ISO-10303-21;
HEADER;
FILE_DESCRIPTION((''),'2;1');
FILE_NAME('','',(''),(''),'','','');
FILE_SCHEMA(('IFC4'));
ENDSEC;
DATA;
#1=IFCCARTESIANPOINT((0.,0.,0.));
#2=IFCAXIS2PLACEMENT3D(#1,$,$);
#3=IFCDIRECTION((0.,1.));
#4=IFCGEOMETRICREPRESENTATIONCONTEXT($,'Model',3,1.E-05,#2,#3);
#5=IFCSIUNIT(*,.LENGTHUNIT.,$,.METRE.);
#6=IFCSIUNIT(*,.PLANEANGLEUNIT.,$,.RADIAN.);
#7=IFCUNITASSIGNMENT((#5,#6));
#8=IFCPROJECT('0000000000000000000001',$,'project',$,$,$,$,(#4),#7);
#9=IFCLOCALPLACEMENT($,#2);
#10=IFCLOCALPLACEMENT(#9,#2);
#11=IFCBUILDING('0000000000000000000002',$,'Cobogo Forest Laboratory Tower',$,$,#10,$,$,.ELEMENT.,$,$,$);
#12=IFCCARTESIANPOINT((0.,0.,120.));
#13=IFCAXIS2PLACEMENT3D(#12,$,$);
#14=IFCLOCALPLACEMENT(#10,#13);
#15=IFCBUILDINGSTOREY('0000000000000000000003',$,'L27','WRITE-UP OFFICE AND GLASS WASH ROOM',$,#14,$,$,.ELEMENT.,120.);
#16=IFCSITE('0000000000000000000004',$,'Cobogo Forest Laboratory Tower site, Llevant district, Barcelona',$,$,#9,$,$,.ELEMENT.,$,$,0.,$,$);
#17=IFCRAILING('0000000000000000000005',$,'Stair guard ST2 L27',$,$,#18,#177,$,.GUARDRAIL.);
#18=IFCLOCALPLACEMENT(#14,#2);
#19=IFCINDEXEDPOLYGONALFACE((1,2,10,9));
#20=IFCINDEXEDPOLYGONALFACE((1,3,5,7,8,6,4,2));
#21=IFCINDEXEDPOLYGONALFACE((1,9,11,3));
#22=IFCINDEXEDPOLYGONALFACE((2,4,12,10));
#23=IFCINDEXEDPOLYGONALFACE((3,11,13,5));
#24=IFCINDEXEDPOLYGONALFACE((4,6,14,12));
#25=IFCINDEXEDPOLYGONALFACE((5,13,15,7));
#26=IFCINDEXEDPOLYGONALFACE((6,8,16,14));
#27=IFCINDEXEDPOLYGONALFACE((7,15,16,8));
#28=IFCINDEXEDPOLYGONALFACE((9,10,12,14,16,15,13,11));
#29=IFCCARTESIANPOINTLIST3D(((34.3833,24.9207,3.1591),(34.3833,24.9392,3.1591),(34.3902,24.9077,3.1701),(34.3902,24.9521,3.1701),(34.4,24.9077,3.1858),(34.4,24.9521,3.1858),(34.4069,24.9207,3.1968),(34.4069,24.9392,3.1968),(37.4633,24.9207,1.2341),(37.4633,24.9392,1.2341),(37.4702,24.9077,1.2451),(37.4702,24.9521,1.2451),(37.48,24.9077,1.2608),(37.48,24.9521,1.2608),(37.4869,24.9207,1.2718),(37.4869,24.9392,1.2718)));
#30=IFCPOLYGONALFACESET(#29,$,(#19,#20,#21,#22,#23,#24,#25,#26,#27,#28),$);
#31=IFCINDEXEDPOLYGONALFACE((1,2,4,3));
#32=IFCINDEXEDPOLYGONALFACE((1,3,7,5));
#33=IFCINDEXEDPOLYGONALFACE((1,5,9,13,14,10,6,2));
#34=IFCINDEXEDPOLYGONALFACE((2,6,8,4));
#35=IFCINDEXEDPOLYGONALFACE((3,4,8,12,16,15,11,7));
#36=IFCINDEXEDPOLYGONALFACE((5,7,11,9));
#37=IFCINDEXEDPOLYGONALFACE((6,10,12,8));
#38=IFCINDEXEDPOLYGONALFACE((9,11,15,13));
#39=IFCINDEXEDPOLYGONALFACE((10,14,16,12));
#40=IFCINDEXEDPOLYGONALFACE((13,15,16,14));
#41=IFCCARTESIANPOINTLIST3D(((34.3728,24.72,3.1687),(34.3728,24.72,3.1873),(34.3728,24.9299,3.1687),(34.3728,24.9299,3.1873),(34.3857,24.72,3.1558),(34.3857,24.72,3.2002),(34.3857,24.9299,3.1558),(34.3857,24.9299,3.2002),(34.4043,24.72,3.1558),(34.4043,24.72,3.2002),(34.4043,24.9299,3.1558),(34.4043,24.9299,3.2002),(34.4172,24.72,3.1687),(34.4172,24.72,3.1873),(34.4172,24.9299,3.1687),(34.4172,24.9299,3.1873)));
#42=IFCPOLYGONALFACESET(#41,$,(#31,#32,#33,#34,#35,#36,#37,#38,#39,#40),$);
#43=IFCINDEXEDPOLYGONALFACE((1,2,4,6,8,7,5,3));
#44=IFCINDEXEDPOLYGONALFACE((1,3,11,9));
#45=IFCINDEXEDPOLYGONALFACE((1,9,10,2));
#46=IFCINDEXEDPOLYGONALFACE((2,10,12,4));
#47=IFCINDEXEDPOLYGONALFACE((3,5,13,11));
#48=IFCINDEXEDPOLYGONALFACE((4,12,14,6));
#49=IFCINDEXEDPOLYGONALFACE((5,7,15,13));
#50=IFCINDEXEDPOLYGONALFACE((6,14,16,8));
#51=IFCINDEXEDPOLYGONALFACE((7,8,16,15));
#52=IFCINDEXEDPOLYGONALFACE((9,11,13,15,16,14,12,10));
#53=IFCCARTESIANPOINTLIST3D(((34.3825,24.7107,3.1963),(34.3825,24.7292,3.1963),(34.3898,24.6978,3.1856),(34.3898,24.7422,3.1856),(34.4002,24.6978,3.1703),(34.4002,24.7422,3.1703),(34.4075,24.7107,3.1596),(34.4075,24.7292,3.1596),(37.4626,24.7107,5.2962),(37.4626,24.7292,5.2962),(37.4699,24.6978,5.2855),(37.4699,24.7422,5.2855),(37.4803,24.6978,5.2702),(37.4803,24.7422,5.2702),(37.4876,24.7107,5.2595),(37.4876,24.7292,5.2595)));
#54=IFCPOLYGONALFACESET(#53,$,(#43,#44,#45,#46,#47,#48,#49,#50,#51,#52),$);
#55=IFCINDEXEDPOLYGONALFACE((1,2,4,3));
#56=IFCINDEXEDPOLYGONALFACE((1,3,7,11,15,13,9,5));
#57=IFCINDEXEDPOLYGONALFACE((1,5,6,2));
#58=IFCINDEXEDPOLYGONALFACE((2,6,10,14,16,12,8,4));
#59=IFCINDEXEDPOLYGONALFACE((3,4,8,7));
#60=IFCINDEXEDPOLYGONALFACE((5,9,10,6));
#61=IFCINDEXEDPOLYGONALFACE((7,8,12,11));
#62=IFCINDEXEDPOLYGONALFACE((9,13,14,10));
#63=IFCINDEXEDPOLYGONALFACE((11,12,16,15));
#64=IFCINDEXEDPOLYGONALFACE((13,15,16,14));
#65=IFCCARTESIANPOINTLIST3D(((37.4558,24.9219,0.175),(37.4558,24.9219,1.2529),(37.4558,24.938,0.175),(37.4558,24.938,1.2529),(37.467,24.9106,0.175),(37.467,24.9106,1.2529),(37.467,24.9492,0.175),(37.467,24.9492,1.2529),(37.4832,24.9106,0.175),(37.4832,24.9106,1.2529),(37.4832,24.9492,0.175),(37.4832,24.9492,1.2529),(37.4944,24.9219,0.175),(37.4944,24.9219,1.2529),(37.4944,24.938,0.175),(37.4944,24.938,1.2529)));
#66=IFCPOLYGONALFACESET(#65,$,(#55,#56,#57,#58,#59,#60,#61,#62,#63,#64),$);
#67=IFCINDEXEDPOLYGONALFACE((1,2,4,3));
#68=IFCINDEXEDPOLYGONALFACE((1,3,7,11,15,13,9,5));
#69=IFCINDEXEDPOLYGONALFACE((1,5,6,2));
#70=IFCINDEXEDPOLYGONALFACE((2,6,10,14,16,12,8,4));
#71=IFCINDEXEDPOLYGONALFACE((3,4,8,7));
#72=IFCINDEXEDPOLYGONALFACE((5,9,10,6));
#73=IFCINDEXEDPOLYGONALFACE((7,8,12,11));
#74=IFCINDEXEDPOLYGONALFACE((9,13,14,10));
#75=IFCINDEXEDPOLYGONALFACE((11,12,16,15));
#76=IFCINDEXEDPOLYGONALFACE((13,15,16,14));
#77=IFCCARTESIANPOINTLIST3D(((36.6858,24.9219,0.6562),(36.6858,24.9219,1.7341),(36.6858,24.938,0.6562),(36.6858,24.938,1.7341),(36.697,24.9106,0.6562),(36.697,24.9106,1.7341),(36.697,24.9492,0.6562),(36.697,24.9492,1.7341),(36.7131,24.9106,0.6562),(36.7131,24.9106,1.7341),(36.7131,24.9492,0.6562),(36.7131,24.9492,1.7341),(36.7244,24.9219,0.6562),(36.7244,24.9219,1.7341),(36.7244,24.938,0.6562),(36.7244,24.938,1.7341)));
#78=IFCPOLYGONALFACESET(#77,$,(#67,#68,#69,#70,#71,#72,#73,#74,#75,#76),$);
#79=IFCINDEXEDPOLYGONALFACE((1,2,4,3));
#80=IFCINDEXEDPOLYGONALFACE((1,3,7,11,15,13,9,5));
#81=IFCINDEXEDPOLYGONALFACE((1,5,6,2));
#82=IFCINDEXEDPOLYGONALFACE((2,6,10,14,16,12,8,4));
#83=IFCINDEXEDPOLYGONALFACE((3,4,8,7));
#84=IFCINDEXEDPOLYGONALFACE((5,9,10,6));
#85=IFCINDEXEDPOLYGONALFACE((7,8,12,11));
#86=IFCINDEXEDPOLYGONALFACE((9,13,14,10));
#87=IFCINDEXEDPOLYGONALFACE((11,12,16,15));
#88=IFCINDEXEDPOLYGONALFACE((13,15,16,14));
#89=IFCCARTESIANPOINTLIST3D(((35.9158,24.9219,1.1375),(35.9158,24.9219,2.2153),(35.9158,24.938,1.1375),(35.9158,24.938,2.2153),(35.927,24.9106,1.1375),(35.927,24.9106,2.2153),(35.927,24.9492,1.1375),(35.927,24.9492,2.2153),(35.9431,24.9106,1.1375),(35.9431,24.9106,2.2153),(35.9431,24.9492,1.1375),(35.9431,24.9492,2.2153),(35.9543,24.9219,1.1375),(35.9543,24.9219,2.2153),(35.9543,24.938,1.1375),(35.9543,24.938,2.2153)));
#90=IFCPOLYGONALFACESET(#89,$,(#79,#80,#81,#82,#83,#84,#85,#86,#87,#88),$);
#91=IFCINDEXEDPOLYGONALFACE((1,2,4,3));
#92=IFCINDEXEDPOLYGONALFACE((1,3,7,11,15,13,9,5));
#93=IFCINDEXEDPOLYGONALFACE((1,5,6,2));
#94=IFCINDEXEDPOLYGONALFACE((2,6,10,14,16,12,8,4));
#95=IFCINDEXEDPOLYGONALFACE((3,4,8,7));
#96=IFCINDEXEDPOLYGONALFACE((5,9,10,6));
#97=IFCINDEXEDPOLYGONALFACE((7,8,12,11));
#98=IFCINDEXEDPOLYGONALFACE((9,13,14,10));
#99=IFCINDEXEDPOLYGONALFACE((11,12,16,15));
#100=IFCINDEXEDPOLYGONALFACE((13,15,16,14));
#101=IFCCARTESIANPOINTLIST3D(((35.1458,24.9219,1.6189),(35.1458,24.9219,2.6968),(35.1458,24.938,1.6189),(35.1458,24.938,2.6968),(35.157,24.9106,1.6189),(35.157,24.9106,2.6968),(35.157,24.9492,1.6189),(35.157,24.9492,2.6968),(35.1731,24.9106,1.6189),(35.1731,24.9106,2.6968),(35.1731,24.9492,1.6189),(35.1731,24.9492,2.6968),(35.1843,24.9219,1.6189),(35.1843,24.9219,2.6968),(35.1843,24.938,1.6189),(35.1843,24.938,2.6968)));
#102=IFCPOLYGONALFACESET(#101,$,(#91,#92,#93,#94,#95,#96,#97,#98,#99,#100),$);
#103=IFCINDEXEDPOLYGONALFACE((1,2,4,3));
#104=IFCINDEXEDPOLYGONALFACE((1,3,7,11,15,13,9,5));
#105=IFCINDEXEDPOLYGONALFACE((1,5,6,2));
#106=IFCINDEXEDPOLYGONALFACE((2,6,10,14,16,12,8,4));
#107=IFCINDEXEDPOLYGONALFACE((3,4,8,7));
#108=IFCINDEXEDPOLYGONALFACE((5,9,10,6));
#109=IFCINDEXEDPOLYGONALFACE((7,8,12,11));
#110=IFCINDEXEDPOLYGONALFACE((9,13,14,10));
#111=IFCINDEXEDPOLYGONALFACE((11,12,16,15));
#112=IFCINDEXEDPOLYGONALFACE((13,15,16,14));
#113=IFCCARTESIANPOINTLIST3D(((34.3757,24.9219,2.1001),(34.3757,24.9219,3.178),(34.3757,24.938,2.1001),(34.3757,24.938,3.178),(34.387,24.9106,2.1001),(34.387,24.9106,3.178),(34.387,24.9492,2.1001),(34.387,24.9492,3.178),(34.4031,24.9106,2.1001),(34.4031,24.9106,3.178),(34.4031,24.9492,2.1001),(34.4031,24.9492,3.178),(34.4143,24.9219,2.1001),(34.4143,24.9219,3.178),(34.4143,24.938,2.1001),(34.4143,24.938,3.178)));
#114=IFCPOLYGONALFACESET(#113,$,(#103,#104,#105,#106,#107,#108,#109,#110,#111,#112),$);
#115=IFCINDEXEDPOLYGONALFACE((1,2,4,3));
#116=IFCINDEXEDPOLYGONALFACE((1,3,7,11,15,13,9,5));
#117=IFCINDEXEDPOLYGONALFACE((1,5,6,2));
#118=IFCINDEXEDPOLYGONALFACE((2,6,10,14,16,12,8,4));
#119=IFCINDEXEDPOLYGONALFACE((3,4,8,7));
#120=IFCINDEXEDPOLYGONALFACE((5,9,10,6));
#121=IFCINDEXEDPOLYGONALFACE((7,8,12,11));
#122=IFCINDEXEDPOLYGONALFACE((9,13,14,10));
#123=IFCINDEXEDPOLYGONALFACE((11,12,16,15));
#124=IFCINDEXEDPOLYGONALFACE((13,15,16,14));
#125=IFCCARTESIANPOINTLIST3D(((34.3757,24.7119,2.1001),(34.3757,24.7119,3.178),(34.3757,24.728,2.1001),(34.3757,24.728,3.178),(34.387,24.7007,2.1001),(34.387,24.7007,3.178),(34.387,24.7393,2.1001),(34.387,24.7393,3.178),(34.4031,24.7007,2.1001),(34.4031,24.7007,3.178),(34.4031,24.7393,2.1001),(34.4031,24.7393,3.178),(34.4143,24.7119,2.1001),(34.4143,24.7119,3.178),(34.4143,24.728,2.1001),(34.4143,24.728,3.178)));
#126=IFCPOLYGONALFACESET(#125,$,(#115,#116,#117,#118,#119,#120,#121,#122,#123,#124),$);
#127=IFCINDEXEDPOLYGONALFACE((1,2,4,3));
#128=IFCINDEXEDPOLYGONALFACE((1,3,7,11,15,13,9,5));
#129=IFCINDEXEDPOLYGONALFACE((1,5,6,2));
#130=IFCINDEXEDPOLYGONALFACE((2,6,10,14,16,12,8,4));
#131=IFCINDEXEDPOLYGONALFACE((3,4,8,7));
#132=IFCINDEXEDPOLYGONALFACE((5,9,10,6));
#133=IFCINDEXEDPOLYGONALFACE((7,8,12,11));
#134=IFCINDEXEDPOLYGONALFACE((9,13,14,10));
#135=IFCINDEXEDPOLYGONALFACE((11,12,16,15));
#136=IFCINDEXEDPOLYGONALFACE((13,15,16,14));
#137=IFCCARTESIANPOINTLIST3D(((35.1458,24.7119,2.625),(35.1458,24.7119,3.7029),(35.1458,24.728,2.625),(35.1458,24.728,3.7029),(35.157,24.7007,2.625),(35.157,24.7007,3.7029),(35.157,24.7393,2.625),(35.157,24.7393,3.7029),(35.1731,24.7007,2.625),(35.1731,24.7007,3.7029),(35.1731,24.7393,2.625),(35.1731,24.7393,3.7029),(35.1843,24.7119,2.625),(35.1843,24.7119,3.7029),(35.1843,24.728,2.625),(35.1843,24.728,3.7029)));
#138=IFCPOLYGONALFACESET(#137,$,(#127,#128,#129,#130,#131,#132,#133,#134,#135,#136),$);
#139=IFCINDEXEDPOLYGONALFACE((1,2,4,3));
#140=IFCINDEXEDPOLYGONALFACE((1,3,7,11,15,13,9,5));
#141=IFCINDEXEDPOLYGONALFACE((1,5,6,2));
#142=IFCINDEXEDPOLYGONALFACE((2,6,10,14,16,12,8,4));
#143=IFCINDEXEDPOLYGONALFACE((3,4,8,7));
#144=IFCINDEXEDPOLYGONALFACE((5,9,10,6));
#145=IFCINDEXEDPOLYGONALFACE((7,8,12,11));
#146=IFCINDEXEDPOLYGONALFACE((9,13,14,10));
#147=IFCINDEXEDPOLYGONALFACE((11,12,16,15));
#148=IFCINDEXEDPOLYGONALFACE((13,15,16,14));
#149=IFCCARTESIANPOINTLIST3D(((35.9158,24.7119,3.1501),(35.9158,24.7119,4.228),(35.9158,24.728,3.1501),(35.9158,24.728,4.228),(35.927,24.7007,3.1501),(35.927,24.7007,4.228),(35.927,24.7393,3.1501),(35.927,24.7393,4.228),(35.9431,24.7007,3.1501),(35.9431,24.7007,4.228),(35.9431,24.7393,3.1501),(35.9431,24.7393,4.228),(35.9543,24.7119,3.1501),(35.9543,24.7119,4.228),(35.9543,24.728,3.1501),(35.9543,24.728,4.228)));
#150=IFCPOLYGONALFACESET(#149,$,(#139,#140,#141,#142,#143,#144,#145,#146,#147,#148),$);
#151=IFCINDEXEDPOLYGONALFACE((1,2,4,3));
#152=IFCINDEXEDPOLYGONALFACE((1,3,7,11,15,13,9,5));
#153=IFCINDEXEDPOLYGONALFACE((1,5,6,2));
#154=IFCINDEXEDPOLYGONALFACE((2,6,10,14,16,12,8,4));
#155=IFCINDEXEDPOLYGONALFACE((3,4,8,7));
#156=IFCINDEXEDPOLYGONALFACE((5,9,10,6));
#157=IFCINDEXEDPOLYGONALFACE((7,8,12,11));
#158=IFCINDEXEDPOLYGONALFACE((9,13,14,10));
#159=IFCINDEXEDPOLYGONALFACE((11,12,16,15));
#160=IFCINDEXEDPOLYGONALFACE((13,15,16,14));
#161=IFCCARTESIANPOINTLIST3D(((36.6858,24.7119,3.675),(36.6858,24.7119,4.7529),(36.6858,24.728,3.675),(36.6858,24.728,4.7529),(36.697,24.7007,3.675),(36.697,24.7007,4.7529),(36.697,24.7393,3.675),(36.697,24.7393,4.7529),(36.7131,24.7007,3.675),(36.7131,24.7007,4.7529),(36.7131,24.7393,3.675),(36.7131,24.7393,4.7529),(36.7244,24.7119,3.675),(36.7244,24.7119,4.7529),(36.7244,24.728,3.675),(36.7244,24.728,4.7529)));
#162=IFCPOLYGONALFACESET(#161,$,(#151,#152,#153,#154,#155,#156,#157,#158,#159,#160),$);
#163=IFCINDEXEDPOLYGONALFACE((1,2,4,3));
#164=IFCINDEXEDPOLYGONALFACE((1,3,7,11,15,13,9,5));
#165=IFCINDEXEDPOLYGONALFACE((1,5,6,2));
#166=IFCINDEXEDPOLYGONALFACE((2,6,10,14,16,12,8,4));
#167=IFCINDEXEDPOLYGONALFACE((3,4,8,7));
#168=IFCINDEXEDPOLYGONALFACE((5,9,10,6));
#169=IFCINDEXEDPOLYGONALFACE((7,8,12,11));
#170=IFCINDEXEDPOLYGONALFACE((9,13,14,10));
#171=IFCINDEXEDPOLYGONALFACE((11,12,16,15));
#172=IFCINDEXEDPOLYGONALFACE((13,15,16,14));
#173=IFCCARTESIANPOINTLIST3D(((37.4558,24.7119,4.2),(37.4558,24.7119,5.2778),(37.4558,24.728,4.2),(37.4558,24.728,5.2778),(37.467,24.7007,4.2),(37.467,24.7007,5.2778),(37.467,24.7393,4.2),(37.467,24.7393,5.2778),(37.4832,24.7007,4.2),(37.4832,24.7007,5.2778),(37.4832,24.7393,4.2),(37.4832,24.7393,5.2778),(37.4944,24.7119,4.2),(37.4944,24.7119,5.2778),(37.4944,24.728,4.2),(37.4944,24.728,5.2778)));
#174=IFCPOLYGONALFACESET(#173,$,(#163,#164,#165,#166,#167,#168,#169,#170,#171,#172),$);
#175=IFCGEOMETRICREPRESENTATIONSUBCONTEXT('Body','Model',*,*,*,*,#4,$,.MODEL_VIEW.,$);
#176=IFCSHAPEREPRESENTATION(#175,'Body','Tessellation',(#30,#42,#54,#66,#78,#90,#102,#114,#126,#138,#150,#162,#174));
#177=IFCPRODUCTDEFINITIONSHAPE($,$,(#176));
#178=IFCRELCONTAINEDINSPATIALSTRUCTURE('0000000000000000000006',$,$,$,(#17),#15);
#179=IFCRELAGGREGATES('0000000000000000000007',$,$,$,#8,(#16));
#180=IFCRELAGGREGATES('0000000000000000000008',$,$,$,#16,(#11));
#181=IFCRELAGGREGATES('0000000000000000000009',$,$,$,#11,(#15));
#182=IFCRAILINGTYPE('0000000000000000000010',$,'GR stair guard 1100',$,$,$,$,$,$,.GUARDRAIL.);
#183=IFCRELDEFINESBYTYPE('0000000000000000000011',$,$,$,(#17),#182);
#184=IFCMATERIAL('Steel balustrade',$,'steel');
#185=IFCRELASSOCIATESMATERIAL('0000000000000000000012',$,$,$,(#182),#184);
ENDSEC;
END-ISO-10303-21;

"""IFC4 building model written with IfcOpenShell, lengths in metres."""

from ifc_helpers import new_model, si_unit, direction, frame, origin, place, context, subcontext, project, spatial, polyline, outline, extrude, material, type_object, element, save


model = new_model("IFC4")

# Units and contexts
model_context = context("Model", 3, precision=1e-05, world=origin(), true_north=direction((0.0, 1.0)))
body_context = subcontext(model_context, "Body", "Model", "MODEL_VIEW")
ifc_project = project(units=[si_unit("LENGTHUNIT", "METRE"), si_unit("PLANEANGLEUNIT", "RADIAN")], contexts=[model_context])

# Site, building, storey
site_placement = place(None, origin())
site = spatial("IfcSite", under=ifc_project, at=site_placement, Name="Cobogo Forest Laboratory Tower site, Llevant district, Barcelona", CompositionType="ELEMENT", RefElevation=0.0)
building_placement = place(site_placement, origin())
building = spatial("IfcBuilding", under=site, at=building_placement, Name="Cobogo Forest Laboratory Tower", CompositionType="ELEMENT")
storey_placement = place(building_placement, frame((0.0, 0.0, 120.0)))
storey = spatial("IfcBuildingStorey", under=building, at=storey_placement, Name="L27", Description="WRITE-UP OFFICE AND GLASS WASH ROOM", CompositionType="ELEMENT", Elevation=120.0)

# Railing
ifc_material_1 = material(Name="Steel balustrade", Category="steel")
railing_type_1 = type_object("IfcRailingType", Name="GR stair guard 1100", PredefinedType="GUARDRAIL", material=ifc_material_1)
railing_1_placement = place(storey_placement, frame((37.4751, 24.9299, 0.175)))
element("IfcRailing", 1, at=railing_1_placement, inside=storey, type_object=railing_type_1, Name="Stair guard ST2 L27", PredefinedType="GUARDRAIL", context=body_context, shape_type="SweptSolid", body=[
    extrude(outline(polyline([(0.0222, 0.0093), (0.0093, 0.0222), (-0.0093, 0.0222), (-0.0222, 0.0093), (-0.0222, -0.0093), (-0.0093, -0.0222), (0.0093, -0.0222), (0.0222, -0.0093), (0.0222, 0.0093)])), frame((0.0, 0.0, 1.0779), z_axis=(-0.847998, 0.0, 0.529999), x_axis=(0.0, -1.0, 0.0)), (0.0, 0.0, 1.0), 3.6321),
    extrude(outline(polyline([(0.0222, 0.0093), (0.0093, 0.0222), (-0.0093, 0.0222), (-0.0222, 0.0093), (-0.0222, -0.0093), (-0.0093, -0.0222), (0.0093, -0.0222), (0.0222, -0.0093), (0.0222, 0.0093)])), frame((-3.0801, 0.0, 3.0029), z_axis=(0.0, -1.0, 0.0), x_axis=(1.0, 0.0, 0.0)), (0.0, 0.0, 1.0), 0.21),
    extrude(outline(polyline([(0.0222, 0.0093), (0.0093, 0.0222), (-0.0093, 0.0222), (-0.0222, 0.0093), (-0.0222, -0.0093), (-0.0093, -0.0222), (0.0093, -0.0222), (0.0222, -0.0093), (0.0222, 0.0093)])), frame((-3.0801, -0.21, 3.0029), z_axis=(0.826252, 0.0, 0.5633), x_axis=(0.0, 1.0, 0.0)), (0.0, 0.0, 1.0), 3.7278),
    extrude(outline(polyline([(0.0193, 0.0081), (0.0081, 0.0193), (-0.0081, 0.0193), (-0.0193, 0.0081), (-0.0193, -0.0081), (-0.0081, -0.0193), (0.0081, -0.0193), (0.0193, -0.0081), (0.0193, 0.0081)])), origin(), (0.0, 0.0, 1.0), 1.0779),
    extrude(outline(polyline([(0.0193, 0.0081), (0.0081, 0.0193), (-0.0081, 0.0193), (-0.0193, 0.0081), (-0.0193, -0.0081), (-0.0081, -0.0193), (0.0081, -0.0193), (0.0193, -0.0081), (0.0193, 0.0081)])), frame((-0.77, 0.0, 0.4812)), (0.0, 0.0, 1.0), 1.0779),
    extrude(outline(polyline([(0.0193, 0.0081), (0.0081, 0.0193), (-0.0081, 0.0193), (-0.0193, 0.0081), (-0.0193, -0.0081), (-0.0081, -0.0193), (0.0081, -0.0193), (0.0193, -0.0081), (0.0193, 0.0081)])), frame((-1.54, 0.0, 0.9624)), (0.0, 0.0, 1.0), 1.0779),
    extrude(outline(polyline([(0.0193, 0.0081), (0.0081, 0.0193), (-0.0081, 0.0193), (-0.0193, 0.0081), (-0.0193, -0.0081), (-0.0081, -0.0193), (0.0081, -0.0193), (0.0193, -0.0081), (0.0193, 0.0081)])), frame((-2.3101, 0.0, 1.4438)), (0.0, 0.0, 1.0), 1.0779),
    extrude(outline(polyline([(0.0193, 0.0081), (0.0081, 0.0193), (-0.0081, 0.0193), (-0.0193, 0.0081), (-0.0193, -0.0081), (-0.0081, -0.0193), (0.0081, -0.0193), (0.0193, -0.0081), (0.0193, 0.0081)])), frame((-3.0801, 0.0, 1.925)), (0.0, 0.0, 1.0), 1.0779),
    extrude(outline(polyline([(0.0193, 0.0081), (0.0081, 0.0193), (-0.0081, 0.0193), (-0.0193, 0.0081), (-0.0193, -0.0081), (-0.0081, -0.0193), (0.0081, -0.0193), (0.0193, -0.0081), (0.0193, 0.0081)])), frame((-3.0801, -0.21, 1.925)), (0.0, 0.0, 1.0), 1.0779),
    extrude(outline(polyline([(0.0193, 0.0081), (0.0081, 0.0193), (-0.0081, 0.0193), (-0.0193, 0.0081), (-0.0193, -0.0081), (-0.0081, -0.0193), (0.0081, -0.0193), (0.0193, -0.0081), (0.0193, 0.0081)])), frame((-2.3101, -0.21, 2.45)), (0.0, 0.0, 1.0), 1.0779),
    extrude(outline(polyline([(0.0193, 0.0081), (0.0081, 0.0193), (-0.0081, 0.0193), (-0.0193, 0.0081), (-0.0193, -0.0081), (-0.0081, -0.0193), (0.0081, -0.0193), (0.0193, -0.0081), (0.0193, 0.0081)])), frame((-1.54, -0.21, 2.9751)), (0.0, 0.0, 1.0), 1.0779),
    extrude(outline(polyline([(0.0193, 0.0081), (0.0081, 0.0193), (-0.0081, 0.0193), (-0.0193, 0.0081), (-0.0193, -0.0081), (-0.0081, -0.0193), (0.0081, -0.0193), (0.0193, -0.0081), (0.0193, 0.0081)])), frame((-0.77, -0.21, 3.5)), (0.0, 0.0, 1.0), 1.0779),
    extrude(outline(polyline([(0.0193, 0.0081), (0.0081, 0.0193), (-0.0081, 0.0193), (-0.0193, 0.0081), (-0.0193, -0.0081), (-0.0081, -0.0193), (0.0081, -0.0193), (0.0193, -0.0081), (0.0193, 0.0081)])), frame((0.0, -0.21, 4.0249)), (0.0, 0.0, 1.0), 1.0779),
])

save(model, "model.ifc")
